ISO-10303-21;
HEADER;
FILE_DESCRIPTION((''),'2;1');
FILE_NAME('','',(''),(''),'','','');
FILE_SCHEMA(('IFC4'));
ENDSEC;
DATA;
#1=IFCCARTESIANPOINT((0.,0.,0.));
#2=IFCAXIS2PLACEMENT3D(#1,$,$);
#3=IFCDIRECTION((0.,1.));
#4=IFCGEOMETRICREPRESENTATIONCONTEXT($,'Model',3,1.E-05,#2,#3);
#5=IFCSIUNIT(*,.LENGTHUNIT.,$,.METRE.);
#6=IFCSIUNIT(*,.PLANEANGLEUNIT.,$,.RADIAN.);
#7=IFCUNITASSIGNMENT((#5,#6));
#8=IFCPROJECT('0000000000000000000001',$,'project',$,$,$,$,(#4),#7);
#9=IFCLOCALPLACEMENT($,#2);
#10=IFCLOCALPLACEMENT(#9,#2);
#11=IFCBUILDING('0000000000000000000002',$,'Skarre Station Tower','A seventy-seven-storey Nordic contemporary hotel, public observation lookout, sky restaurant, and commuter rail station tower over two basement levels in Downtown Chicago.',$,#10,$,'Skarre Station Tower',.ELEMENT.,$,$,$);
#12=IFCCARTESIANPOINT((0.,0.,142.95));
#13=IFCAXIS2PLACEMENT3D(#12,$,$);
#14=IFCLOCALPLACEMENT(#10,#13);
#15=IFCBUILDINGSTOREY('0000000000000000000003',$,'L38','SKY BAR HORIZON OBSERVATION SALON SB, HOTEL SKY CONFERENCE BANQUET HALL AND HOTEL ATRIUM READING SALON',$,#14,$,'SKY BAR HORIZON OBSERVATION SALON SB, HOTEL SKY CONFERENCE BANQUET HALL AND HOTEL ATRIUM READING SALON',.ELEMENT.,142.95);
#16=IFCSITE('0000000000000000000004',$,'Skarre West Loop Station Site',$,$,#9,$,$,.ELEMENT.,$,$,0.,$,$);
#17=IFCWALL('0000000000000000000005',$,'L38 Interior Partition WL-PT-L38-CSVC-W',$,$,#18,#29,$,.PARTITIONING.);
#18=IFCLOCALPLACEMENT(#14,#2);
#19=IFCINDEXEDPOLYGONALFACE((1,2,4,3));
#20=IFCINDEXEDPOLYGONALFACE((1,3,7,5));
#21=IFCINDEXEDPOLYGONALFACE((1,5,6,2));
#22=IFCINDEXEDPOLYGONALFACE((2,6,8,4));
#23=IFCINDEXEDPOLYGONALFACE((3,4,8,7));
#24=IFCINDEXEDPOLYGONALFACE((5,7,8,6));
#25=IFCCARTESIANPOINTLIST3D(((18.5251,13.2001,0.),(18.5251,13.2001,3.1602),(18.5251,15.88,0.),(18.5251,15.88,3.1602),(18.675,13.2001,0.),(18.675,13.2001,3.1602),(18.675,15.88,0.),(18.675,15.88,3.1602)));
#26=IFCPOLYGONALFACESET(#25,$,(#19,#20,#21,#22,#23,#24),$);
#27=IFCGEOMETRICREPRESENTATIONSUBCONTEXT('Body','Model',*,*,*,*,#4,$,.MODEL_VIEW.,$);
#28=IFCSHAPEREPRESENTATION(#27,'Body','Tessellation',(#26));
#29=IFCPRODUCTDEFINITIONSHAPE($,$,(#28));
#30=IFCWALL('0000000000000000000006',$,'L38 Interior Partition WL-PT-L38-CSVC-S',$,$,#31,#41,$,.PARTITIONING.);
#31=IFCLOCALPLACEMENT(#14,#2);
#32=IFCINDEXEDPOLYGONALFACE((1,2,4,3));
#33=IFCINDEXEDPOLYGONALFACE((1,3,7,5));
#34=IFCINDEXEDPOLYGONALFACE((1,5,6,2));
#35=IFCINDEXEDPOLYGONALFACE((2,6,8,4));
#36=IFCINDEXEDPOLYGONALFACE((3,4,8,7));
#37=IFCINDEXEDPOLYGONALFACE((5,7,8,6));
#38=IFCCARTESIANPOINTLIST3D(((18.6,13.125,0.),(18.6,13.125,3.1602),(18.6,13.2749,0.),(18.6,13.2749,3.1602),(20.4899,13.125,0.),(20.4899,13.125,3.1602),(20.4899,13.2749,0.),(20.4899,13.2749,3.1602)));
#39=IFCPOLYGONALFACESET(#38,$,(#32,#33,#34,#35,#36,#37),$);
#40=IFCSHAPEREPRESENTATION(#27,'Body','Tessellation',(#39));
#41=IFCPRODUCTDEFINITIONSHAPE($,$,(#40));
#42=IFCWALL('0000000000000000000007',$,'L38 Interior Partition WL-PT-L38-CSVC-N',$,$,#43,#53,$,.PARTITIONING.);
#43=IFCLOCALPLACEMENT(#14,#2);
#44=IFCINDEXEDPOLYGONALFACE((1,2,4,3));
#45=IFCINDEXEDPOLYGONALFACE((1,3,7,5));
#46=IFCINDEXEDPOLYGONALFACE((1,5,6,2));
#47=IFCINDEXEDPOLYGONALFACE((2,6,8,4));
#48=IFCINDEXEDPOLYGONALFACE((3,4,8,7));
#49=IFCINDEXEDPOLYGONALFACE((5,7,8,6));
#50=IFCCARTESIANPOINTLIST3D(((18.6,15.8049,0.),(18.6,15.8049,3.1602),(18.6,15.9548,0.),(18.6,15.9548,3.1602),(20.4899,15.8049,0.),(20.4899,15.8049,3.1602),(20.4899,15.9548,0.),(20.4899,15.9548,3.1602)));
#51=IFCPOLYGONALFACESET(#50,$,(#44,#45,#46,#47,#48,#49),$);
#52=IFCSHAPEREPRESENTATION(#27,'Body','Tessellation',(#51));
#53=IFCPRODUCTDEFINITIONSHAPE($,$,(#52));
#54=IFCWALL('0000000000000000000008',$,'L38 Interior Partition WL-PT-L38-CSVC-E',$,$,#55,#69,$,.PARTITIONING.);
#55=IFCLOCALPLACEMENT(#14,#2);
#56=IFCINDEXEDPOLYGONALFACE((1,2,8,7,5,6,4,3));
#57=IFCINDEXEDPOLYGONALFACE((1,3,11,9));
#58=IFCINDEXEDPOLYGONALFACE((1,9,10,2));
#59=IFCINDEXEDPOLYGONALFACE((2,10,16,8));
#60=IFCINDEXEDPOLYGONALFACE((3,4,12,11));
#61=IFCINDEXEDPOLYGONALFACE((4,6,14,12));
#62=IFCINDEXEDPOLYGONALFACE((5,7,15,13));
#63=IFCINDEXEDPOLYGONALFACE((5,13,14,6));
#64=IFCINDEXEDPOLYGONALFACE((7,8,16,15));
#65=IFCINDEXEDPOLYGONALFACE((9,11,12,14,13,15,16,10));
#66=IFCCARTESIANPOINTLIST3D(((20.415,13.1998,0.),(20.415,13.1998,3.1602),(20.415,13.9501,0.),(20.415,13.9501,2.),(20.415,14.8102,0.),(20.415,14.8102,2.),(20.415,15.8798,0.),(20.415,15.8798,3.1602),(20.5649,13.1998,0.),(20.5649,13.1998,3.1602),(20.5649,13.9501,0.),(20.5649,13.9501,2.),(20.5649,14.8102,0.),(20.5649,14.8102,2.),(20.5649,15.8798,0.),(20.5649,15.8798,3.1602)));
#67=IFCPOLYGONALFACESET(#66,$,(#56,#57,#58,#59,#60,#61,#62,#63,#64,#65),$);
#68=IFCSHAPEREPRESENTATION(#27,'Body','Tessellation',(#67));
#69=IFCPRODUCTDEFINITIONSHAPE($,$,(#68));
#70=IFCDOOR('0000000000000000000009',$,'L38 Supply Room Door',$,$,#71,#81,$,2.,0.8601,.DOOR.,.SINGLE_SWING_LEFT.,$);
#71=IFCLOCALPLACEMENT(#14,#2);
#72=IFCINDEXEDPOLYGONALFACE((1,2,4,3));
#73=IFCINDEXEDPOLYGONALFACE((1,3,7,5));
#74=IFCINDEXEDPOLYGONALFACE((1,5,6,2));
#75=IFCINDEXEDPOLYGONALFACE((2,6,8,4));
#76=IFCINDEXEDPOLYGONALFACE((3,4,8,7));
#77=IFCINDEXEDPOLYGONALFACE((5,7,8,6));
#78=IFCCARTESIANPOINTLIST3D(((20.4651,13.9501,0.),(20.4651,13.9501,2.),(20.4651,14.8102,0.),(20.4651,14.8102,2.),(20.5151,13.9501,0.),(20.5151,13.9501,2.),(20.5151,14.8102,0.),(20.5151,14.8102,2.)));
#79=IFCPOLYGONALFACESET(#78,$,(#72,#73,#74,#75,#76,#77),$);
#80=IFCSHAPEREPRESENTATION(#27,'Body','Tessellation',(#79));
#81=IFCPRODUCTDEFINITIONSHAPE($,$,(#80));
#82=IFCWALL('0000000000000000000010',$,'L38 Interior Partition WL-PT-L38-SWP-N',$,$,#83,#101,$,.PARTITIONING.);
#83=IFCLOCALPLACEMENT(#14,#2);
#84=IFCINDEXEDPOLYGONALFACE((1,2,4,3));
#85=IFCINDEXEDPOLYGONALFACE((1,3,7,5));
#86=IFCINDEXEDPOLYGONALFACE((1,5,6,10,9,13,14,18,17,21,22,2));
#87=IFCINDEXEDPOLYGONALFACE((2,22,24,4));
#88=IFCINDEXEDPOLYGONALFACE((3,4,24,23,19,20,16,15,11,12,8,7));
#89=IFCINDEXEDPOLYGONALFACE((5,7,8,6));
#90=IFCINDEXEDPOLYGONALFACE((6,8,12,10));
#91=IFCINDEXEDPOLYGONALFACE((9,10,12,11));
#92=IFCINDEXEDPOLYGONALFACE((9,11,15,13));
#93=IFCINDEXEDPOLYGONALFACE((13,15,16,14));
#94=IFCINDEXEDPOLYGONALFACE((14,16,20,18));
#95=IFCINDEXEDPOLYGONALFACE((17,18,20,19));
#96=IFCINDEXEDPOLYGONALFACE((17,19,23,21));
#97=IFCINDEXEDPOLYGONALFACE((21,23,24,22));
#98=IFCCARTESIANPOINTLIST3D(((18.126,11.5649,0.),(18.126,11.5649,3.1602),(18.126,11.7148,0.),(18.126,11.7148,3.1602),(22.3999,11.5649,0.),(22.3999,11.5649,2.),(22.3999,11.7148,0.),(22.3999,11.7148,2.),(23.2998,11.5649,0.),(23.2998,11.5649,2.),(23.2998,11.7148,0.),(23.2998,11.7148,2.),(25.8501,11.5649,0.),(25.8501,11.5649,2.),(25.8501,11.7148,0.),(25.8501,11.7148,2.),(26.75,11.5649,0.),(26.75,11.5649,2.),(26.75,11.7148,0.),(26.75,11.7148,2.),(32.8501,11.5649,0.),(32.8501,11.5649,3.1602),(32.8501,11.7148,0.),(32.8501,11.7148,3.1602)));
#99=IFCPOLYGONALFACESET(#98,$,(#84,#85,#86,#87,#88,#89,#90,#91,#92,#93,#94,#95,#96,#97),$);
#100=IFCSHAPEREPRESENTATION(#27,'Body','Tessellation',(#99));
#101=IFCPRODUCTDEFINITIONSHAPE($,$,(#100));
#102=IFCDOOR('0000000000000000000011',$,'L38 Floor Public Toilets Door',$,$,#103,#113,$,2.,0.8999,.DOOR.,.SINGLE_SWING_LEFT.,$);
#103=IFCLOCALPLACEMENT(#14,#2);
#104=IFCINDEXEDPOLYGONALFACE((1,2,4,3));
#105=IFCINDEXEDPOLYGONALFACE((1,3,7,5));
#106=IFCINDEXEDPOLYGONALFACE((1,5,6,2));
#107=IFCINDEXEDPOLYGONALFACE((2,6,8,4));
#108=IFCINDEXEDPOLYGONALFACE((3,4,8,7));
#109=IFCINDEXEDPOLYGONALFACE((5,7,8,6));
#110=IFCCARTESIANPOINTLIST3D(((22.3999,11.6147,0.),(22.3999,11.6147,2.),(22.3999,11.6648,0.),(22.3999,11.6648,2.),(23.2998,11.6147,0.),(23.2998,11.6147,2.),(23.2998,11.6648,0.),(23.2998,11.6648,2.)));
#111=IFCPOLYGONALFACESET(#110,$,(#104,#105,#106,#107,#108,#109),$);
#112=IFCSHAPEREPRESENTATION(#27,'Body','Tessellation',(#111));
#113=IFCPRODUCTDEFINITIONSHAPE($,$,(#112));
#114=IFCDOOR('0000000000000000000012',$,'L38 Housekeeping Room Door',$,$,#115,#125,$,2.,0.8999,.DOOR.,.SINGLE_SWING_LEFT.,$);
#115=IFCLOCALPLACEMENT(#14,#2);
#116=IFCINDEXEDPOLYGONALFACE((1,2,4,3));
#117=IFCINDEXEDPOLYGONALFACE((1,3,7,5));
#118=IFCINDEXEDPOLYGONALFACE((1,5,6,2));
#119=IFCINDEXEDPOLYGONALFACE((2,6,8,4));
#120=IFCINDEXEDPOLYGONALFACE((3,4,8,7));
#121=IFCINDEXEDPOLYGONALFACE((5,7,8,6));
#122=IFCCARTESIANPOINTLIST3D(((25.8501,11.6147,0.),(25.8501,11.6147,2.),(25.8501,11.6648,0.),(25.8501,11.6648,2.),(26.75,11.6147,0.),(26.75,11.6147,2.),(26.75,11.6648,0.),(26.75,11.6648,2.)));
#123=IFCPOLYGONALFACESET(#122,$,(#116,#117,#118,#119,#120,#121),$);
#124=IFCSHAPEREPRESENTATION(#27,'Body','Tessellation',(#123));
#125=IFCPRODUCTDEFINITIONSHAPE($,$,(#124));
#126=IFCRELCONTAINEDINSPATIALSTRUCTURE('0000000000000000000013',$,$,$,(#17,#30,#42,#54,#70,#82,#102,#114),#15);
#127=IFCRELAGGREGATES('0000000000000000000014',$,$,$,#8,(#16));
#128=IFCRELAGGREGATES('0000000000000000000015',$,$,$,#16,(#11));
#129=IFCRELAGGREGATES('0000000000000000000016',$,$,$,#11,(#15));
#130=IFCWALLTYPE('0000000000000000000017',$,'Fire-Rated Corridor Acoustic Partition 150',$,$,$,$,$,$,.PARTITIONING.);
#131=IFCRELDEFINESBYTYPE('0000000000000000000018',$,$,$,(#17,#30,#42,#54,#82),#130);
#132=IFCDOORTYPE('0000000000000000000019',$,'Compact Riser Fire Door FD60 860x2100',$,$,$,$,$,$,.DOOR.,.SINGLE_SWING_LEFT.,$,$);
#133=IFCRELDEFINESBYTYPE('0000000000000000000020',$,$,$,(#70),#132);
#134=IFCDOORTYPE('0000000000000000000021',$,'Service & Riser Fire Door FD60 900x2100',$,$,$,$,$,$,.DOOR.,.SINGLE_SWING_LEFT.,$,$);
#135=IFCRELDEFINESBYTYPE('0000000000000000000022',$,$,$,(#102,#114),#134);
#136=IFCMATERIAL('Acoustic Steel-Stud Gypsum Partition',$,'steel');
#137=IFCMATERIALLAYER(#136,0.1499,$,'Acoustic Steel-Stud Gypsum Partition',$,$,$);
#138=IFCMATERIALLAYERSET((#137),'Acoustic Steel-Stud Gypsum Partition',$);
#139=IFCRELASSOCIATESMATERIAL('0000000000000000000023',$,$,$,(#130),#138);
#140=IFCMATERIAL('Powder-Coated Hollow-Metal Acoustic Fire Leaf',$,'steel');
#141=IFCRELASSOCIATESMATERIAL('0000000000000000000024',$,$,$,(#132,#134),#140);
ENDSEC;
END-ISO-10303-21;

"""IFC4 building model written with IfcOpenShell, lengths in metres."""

from ifc_helpers import new_model, si_unit, direction, frame, frame_2d, origin, place, context, subcontext, project, spatial, rectangle, extrude, material, layer, layer_set, type_object, element, fill, save


model = new_model("IFC4")

# Units and contexts
model_context = context("Model", 3, precision=1e-05, world=origin(), true_north=direction((0.0, 1.0)))
body_context = subcontext(model_context, "Body", "Model", "MODEL_VIEW")
ifc_project = project(units=[si_unit("LENGTHUNIT", "METRE"), si_unit("PLANEANGLEUNIT", "RADIAN")], contexts=[model_context])

# Site, building, storey
site_placement = place(None, origin())
site = spatial("IfcSite", under=ifc_project, at=site_placement, Name="Skarre West Loop Station Site", CompositionType="ELEMENT", RefElevation=0.0)
building_placement = place(site_placement, origin())
building = spatial("IfcBuilding", under=site, at=building_placement, Name="Skarre Station Tower", Description="A seventy-seven-storey Nordic contemporary hotel, public observation lookout, sky restaurant, and commuter rail station tower over two basement levels in Downtown Chicago.", LongName="Skarre Station Tower", CompositionType="ELEMENT")
storey_placement = place(building_placement, frame((0.0, 0.0, 142.95)))
storey = spatial("IfcBuildingStorey", under=building, at=storey_placement, Name="L38", Description="SKY BAR HORIZON OBSERVATION SALON SB, HOTEL SKY CONFERENCE BANQUET HALL AND HOTEL ATRIUM READING SALON", LongName="SKY BAR HORIZON OBSERVATION SALON SB, HOTEL SKY CONFERENCE BANQUET HALL AND HOTEL ATRIUM READING SALON", CompositionType="ELEMENT", Elevation=142.95)

# Walls
ifc_material_1 = material(Name="Acoustic Steel-Stud Gypsum Partition", Category="steel")
ifc_layer_1 = layer(ifc_material_1, 0.1499, Name="Acoustic Steel-Stud Gypsum Partition")
ifc_layer_set_1 = layer_set([ifc_layer_1], Name="Acoustic Steel-Stud Gypsum Partition")
wall_type_1 = type_object("IfcWallType", Name="Fire-Rated Corridor Acoustic Partition 150", PredefinedType="PARTITIONING", material=ifc_layer_set_1)
wall_1_placement = place(storey_placement, frame((18.6001, 15.8799, 0.0), z_axis=(0.0, 0.0, 1.0), x_axis=(0.0, -1.0, 0.0)))
element("IfcWall", 1, at=wall_1_placement, inside=storey, type_object=wall_type_1, Name="L38 Interior Partition WL-PT-L38-CSVC-W", PredefinedType="PARTITIONING", context=body_context, shape_type="SweptSolid", body=[
    extrude(rectangle(XDim=2.6799, YDim=0.1499, at=frame_2d((1.3398, 0.0))), origin(), (0.0, 0.0, 1.0), 3.1602),
])
for number, where, z_axis, x_axis, name in (
    (2, (18.6001, 13.2, 0.0), (0.0, 0.0, 1.0), (1.0, 0.0, 0.0), "L38 Interior Partition WL-PT-L38-CSVC-S"),
    (3, (18.6001, 15.8799, 0.0), (0.0, 0.0, 1.0), (1.0, 0.0, 0.0), "L38 Interior Partition WL-PT-L38-CSVC-N"),
):
    element("IfcWall", number, at=place(storey_placement, frame(where, z_axis=z_axis, x_axis=x_axis)), inside=storey, type_object=wall_type_1, Name=name, PredefinedType="PARTITIONING", context=body_context, shape_type="SweptSolid", body=[
        extrude(rectangle(XDim=1.8899, YDim=0.1499, at=frame_2d((0.9448, 0.0))), origin(), (0.0, 0.0, 1.0), 3.1602),
    ])

# Wall, opening, door
wall_2_placement = place(storey_placement, frame((20.49, 13.2, 0.0), z_axis=(0.0, 0.0, 1.0), x_axis=(0.0, 1.0, 0.0)))
wall_2 = element("IfcWall", 4, at=wall_2_placement, inside=storey, type_object=wall_type_1, Name="L38 Interior Partition WL-PT-L38-CSVC-E", PredefinedType="PARTITIONING", context=body_context, shape_type="SweptSolid", body=[
    extrude(rectangle(XDim=2.6799, YDim=0.1499, at=frame_2d((1.3398, 0.0))), origin(), (0.0, 0.0, 1.0), 3.1602),
])
opening_1_placement = place(wall_2_placement, frame((0.75, 0.0, 0.0)))
opening_1 = element("IfcOpeningElement", 5, at=opening_1_placement, cuts=wall_2, PredefinedType="OPENING", context=body_context, shape_type="SweptSolid", body=[
    extrude(rectangle(XDim=0.8601, YDim=2.0, at=frame_2d((0.4302, 1.0))), frame((0.0, 0.085, 0.0), z_axis=(0.0, -1.0, 0.0), x_axis=(1.0, 0.0, 0.0)), (0.0, 0.0, 1.0), 0.1699),
])
ifc_material_2 = material(Name="Powder-Coated Hollow-Metal Acoustic Fire Leaf", Category="steel")
door_type_1 = type_object("IfcDoorType", Name="Compact Riser Fire Door FD60 860x2100", OperationType="SINGLE_SWING_LEFT", PredefinedType="DOOR", material=ifc_material_2)
door_1_placement = place(opening_1_placement, origin())
door_1 = element("IfcDoor", 6, at=door_1_placement, inside=storey, type_object=door_type_1, Name="L38 Supply Room Door", OperationType="SINGLE_SWING_LEFT", OverallHeight=2.0, OverallWidth=0.8601, PredefinedType="DOOR", context=body_context, shape_type="SweptSolid", body=[
    extrude(rectangle(XDim=0.8601, YDim=2.0, at=frame_2d((0.4302, 1.0))), frame((0.0, 0.0249, 0.0), z_axis=(0.0, -1.0, 0.0), x_axis=(1.0, 0.0, 0.0)), (0.0, 0.0, 1.0), 0.05),
])
fill(opening_1, door_1)

# Wall, openings, doors
wall_3_placement = place(storey_placement, frame((18.126, 11.6399, 0.0), z_axis=(0.0, 0.0, 1.0), x_axis=(1.0, 0.0, 0.0)))
wall_3 = element("IfcWall", 7, at=wall_3_placement, inside=storey, type_object=wall_type_1, Name="L38 Interior Partition WL-PT-L38-SWP-N", PredefinedType="PARTITIONING", context=body_context, shape_type="SweptSolid", body=[
    extrude(rectangle(XDim=14.7241, YDim=0.1499, at=frame_2d((7.3621, 0.0))), origin(), (0.0, 0.0, 1.0), 3.1602),
])
opening_2_placement = place(wall_3_placement, frame((4.2739, 0.0, 0.0)))
opening_2 = element("IfcOpeningElement", 8, at=opening_2_placement, cuts=wall_3, PredefinedType="OPENING", context=body_context, shape_type="SweptSolid", body=[
    extrude(rectangle(XDim=0.8999, YDim=2.0, at=frame_2d((0.45, 1.0))), frame((0.0, 0.085, 0.0), z_axis=(0.0, -1.0, 0.0), x_axis=(1.0, 0.0, 0.0)), (0.0, 0.0, 1.0), 0.1699),
])
opening_3_placement = place(wall_3_placement, frame((7.7241, 0.0, 0.0)))
opening_3 = element("IfcOpeningElement", 9, at=opening_3_placement, cuts=wall_3, PredefinedType="OPENING", context=body_context, shape_type="SweptSolid", body=[
    extrude(rectangle(XDim=0.8999, YDim=2.0, at=frame_2d((0.45, 1.0))), frame((0.0, 0.085, 0.0), z_axis=(0.0, -1.0, 0.0), x_axis=(1.0, 0.0, 0.0)), (0.0, 0.0, 1.0), 0.1699),
])
door_type_2 = type_object("IfcDoorType", Name="Service & Riser Fire Door FD60 900x2100", OperationType="SINGLE_SWING_LEFT", PredefinedType="DOOR", material=ifc_material_2)
door_2_placement = place(opening_2_placement, origin())
door_2 = element("IfcDoor", 10, at=door_2_placement, inside=storey, type_object=door_type_2, Name="L38 Floor Public Toilets Door", OperationType="SINGLE_SWING_LEFT", OverallHeight=2.0, OverallWidth=0.8999, PredefinedType="DOOR", context=body_context, shape_type="SweptSolid", body=[
    extrude(rectangle(XDim=0.8999, YDim=2.0, at=frame_2d((0.45, 1.0))), frame((0.0, 0.0249, 0.0), z_axis=(0.0, -1.0, 0.0), x_axis=(1.0, 0.0, 0.0)), (0.0, 0.0, 1.0), 0.05),
])
fill(opening_2, door_2)
door_3_placement = place(opening_3_placement, origin())
door_3 = element("IfcDoor", 11, at=door_3_placement, inside=storey, type_object=door_type_2, Name="L38 Housekeeping Room Door", OperationType="SINGLE_SWING_LEFT", OverallHeight=2.0, OverallWidth=0.8999, PredefinedType="DOOR", context=body_context, shape_type="SweptSolid", body=[
    extrude(rectangle(XDim=0.8999, YDim=2.0, at=frame_2d((0.45, 1.0))), frame((0.0, 0.0249, 0.0), z_axis=(0.0, -1.0, 0.0), x_axis=(1.0, 0.0, 0.0)), (0.0, 0.0, 1.0), 0.05),
])
fill(opening_3, door_3)

save(model, "model.ifc")
